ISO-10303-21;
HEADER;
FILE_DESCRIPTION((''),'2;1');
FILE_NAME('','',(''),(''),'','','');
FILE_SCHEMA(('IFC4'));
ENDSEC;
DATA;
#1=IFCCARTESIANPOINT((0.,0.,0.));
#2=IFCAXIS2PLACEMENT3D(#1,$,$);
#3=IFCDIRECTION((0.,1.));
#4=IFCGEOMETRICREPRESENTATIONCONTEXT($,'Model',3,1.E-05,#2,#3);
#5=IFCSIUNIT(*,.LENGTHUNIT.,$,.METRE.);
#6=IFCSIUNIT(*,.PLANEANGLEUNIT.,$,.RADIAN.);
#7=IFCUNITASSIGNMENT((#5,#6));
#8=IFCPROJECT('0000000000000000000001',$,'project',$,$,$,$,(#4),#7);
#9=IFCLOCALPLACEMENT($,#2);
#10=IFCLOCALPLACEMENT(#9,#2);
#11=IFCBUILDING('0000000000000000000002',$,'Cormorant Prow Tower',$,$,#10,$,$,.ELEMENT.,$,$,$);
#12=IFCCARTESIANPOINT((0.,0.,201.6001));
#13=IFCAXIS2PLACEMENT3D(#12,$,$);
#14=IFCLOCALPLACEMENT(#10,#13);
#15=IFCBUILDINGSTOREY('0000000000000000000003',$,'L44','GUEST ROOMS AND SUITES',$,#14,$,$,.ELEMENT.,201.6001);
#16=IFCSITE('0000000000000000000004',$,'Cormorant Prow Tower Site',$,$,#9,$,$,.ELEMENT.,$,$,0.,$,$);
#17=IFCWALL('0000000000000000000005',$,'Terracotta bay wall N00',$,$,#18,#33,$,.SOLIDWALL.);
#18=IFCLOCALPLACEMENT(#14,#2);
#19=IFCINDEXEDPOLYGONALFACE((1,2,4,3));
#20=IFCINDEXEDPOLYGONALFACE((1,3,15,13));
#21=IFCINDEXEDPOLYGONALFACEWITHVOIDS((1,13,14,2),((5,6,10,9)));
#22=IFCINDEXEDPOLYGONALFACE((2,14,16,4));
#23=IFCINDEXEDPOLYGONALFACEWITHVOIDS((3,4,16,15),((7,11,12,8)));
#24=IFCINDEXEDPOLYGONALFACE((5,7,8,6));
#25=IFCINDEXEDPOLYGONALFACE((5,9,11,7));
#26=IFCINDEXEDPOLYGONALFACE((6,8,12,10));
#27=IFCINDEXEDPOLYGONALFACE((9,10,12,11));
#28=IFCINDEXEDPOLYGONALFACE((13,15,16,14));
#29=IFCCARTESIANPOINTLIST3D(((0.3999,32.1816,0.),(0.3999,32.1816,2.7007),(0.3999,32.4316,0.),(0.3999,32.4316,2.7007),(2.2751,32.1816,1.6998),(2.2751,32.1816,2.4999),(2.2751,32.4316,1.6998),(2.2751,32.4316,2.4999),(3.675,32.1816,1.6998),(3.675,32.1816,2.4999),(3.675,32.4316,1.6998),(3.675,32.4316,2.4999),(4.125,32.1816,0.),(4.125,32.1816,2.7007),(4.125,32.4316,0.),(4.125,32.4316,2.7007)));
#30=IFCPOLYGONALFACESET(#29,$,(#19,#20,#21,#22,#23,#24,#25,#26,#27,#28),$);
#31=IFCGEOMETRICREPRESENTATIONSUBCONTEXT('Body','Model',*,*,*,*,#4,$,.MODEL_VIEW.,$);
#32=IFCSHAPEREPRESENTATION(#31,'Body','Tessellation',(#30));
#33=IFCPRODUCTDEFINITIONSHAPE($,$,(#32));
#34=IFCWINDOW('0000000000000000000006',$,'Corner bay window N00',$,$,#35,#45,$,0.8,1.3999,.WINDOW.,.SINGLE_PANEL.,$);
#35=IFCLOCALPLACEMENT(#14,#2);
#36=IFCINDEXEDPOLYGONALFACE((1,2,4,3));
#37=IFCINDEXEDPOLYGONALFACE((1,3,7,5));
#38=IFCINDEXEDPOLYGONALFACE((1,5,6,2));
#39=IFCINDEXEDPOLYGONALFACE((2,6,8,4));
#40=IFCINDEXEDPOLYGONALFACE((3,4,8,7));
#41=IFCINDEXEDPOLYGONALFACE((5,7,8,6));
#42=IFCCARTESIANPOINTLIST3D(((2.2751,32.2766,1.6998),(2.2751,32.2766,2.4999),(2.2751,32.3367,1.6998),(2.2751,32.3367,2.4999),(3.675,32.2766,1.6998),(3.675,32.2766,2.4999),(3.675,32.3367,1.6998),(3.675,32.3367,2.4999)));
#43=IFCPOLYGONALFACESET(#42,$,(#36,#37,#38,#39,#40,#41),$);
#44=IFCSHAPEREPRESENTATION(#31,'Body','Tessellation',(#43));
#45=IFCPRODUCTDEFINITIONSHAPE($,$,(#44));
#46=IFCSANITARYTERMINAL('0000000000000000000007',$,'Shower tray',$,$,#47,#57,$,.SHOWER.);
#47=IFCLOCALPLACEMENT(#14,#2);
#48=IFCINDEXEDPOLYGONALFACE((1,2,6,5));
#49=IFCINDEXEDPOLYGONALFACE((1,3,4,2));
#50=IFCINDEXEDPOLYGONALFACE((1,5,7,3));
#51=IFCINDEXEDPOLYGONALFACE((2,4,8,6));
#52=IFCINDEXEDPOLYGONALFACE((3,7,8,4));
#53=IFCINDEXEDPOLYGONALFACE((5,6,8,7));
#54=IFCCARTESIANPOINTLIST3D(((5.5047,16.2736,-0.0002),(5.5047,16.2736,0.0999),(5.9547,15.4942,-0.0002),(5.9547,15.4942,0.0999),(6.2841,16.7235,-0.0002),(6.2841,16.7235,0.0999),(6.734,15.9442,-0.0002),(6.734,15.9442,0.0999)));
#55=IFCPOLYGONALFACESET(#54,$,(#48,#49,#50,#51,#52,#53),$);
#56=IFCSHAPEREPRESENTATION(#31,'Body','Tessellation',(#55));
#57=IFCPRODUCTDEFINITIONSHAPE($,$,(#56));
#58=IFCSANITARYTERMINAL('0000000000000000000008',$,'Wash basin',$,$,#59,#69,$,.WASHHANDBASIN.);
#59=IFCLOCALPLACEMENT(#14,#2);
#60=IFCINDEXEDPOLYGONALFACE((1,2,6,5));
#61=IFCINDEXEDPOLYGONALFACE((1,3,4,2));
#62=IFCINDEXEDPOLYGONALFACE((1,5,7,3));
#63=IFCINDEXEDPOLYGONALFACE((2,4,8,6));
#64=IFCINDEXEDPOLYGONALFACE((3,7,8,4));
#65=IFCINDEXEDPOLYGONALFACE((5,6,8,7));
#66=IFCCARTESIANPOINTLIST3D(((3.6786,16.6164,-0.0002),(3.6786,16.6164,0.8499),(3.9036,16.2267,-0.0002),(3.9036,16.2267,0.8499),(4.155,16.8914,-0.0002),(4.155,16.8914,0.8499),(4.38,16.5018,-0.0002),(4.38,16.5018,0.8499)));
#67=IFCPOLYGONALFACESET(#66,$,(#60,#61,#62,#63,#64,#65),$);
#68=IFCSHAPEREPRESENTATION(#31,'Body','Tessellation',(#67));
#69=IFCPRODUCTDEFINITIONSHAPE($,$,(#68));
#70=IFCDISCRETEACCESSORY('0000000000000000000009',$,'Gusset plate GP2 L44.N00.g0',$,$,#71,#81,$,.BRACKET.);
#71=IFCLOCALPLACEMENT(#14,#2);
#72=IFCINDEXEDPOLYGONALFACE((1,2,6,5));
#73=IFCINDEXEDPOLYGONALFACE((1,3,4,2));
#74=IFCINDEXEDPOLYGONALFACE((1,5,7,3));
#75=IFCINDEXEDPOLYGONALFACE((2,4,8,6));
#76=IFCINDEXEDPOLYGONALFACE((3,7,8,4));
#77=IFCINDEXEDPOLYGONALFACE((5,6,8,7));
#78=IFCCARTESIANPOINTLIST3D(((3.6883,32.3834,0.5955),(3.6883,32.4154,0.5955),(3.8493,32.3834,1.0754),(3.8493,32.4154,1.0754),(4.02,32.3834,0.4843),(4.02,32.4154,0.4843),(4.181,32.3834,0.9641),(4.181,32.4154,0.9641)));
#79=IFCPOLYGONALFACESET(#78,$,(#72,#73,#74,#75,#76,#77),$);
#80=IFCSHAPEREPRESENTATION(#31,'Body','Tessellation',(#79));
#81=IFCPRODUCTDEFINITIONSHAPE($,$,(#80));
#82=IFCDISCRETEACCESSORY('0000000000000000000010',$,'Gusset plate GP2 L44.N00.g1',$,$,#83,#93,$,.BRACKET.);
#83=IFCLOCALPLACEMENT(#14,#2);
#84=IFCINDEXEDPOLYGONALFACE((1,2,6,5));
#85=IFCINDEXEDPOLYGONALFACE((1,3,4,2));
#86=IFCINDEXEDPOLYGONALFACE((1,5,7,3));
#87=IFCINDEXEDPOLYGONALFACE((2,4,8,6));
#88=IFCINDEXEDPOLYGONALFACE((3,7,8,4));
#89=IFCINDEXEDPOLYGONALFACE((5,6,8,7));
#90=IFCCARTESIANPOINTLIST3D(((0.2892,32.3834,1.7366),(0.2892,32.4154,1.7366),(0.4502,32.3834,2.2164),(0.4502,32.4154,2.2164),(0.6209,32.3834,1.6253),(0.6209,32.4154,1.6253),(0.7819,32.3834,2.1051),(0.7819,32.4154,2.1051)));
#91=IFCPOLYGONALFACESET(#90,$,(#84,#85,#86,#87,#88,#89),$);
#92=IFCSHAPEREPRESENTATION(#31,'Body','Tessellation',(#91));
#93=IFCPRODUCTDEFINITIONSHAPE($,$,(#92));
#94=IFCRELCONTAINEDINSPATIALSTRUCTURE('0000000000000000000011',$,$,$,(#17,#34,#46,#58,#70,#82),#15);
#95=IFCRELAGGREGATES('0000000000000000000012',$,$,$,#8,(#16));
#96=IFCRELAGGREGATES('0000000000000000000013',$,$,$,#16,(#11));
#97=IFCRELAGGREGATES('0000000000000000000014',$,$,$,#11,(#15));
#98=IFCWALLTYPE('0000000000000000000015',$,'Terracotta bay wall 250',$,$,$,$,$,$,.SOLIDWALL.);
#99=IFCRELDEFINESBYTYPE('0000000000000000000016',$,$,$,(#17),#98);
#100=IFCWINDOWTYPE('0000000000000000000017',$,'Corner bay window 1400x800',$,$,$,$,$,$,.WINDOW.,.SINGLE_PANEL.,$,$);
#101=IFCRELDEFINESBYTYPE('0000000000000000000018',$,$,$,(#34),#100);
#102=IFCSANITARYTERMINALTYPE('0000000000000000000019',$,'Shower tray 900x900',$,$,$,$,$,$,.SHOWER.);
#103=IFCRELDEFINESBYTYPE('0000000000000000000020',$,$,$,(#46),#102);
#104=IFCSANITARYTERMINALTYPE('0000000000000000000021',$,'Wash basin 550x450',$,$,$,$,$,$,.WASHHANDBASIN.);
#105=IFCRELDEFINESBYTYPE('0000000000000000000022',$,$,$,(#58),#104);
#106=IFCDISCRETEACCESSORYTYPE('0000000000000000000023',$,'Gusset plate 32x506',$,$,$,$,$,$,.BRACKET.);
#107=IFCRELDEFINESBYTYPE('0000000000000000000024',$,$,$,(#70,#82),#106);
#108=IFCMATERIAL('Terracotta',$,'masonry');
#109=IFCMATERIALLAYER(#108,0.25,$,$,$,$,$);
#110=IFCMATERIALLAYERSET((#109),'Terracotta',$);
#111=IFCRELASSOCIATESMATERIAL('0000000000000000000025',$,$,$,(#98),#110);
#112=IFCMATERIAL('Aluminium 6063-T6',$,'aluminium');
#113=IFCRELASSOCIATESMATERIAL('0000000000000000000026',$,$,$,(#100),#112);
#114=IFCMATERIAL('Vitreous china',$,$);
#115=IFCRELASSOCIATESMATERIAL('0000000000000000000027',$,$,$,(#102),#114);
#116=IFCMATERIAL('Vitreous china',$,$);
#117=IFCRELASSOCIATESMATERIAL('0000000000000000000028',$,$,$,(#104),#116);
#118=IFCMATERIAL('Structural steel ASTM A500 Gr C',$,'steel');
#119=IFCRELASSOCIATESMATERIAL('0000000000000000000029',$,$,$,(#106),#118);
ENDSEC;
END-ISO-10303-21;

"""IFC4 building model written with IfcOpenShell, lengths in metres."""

from ifc_helpers import new_model, si_unit, direction, frame, frame_2d, origin, origin_2d, place, context, subcontext, project, spatial, rectangle, extrude, material, layer, layer_set, material_profile, profile_set, type_object, element, fill, save


model = new_model("IFC4")

# Units and contexts
model_context = context("Model", 3, precision=1e-05, world=origin(), true_north=direction((0.0, 1.0)))
body_context = subcontext(model_context, "Body", "Model", "MODEL_VIEW")
ifc_project = project(units=[si_unit("LENGTHUNIT", "METRE"), si_unit("PLANEANGLEUNIT", "RADIAN")], contexts=[model_context])

# Site, building, storey
site_placement = place(None, origin())
site = spatial("IfcSite", under=ifc_project, at=site_placement, Name="Cormorant Prow Tower Site", CompositionType="ELEMENT", RefElevation=0.0)
building_placement = place(site_placement, origin())
building = spatial("IfcBuilding", under=site, at=building_placement, Name="Cormorant Prow Tower", CompositionType="ELEMENT")
storey_placement = place(building_placement, frame((0.0, 0.0, 201.6001)))
storey = spatial("IfcBuildingStorey", under=building, at=storey_placement, Name="L44", Description="GUEST ROOMS AND SUITES", CompositionType="ELEMENT", Elevation=201.6001)

# Wall, opening, window
ifc_material_1 = material(Name="Terracotta", Category="masonry")
ifc_layer_1 = layer(ifc_material_1, 0.25)
ifc_layer_set_1 = layer_set([ifc_layer_1], Name="Terracotta")
wall_type_1 = type_object("IfcWallType", Name="Terracotta bay wall 250", PredefinedType="SOLIDWALL", material=ifc_layer_set_1)
wall_1_placement = place(storey_placement, frame((4.125, 32.3066, 0.0), z_axis=(0.0, 0.0, 1.0), x_axis=(-1.0, 0.0, 0.0)))
wall_1 = element("IfcWall", 1, at=wall_1_placement, inside=storey, type_object=wall_type_1, Name="Terracotta bay wall N00", PredefinedType="SOLIDWALL", context=body_context, shape_type="SweptSolid", body=[
    extrude(rectangle(XDim=3.7251, YDim=0.25, at=frame_2d((1.8625, 0.0))), origin(), (0.0, 0.0, 1.0), 2.7007),
])
opening_1_placement = place(wall_1_placement, frame((0.45, 0.0, 1.7)))
opening_1 = element("IfcOpeningElement", 2, at=opening_1_placement, cuts=wall_1, PredefinedType="OPENING", context=body_context, shape_type="SweptSolid", body=[
    extrude(rectangle(XDim=1.3999, YDim=0.8, at=frame_2d((0.7, 0.3999))), frame((0.0, 0.135, 0.0), z_axis=(0.0, -1.0, 0.0), x_axis=(1.0, 0.0, 0.0)), (0.0, 0.0, 1.0), 0.27),
])
ifc_material_2 = material(Name="Aluminium 6063-T6", Category="aluminium")
window_type = type_object("IfcWindowType", Name="Corner bay window 1400x800", PartitioningType="SINGLE_PANEL", PredefinedType="WINDOW", material=ifc_material_2)
window_placement = place(opening_1_placement, origin())
window = element("IfcWindow", 3, at=window_placement, inside=storey, type_object=window_type, Name="Corner bay window N00", OverallHeight=0.8, OverallWidth=1.3999, PartitioningType="SINGLE_PANEL", PredefinedType="WINDOW", context=body_context, shape_type="SweptSolid", body=[
    extrude(rectangle(XDim=1.3999, YDim=0.8, at=frame_2d((0.7, 0.3999))), frame((0.0, 0.03, 0.0), z_axis=(0.0, -1.0, 0.0), x_axis=(1.0, 0.0, 0.0)), (0.0, 0.0, 1.0), 0.0601),
])
fill(opening_1, window)

# Sanitary terminals
ifc_material_3 = material(Name="Vitreous china")
sanitary_terminal_type_1 = type_object("IfcSanitaryTerminalType", Name="Shower tray 900x900", PredefinedType="SHOWER", material=ifc_material_3)
sanitary_terminal_1_placement = place(storey_placement, frame((6.1194, 16.1089, -0.0002), z_axis=(0.0, 0.0, 1.0), x_axis=(-0.866025, -0.5, 0.0)))
element("IfcSanitaryTerminal", 4, at=sanitary_terminal_1_placement, inside=storey, type_object=sanitary_terminal_type_1, Name="Shower tray", PredefinedType="SHOWER", context=body_context, shape_type="SweptSolid", body=[
    extrude(rectangle(XDim=0.8999, YDim=0.8999, at=origin_2d()), origin(), (0.0, 0.0, 1.0), 0.1001),
])
ifc_material_4 = material(Name="Vitreous china")
sanitary_terminal_type_2 = type_object("IfcSanitaryTerminalType", Name="Wash basin 550x450", PredefinedType="WASHHANDBASIN", material=ifc_material_4)
sanitary_terminal_2_placement = place(storey_placement, frame((4.0293, 16.5591, -0.0002), z_axis=(0.0, 0.0, 1.0), x_axis=(0.866025, 0.5, 0.0)))
element("IfcSanitaryTerminal", 5, at=sanitary_terminal_2_placement, inside=storey, type_object=sanitary_terminal_type_2, Name="Wash basin", PredefinedType="WASHHANDBASIN", context=body_context, shape_type="SweptSolid", body=[
    extrude(rectangle(XDim=0.55, YDim=0.45, at=origin_2d()), origin(), (0.0, 0.0, 1.0), 0.8501),
])

# Discrete accessories
ifc_material_5 = material(Name="Structural steel ASTM A500 Gr C", Category="steel")
ifc_material_profile_1 = material_profile(ifc_material_5, rectangle(XDim=0.032, YDim=0.5061, at=origin_2d()), Name="Gusset plate 32x506")
ifc_profile_set_1 = profile_set([ifc_material_profile_1], Name="Structural steel ASTM A500 Gr C")
discrete_accessory_type = type_object("IfcDiscreteAccessoryType", Name="Gusset plate 32x506", PredefinedType="BRACKET", material=ifc_profile_set_1)
for number, where, z_axis, x_axis, name in (
    (6, (3.7688, 32.3994, 0.8354), (0.948054, 0.0, -0.318111), (0.0, 1.0, 0.0), "Gusset plate GP2 L44.N00.g0"),
    (7, (0.7014, 32.3994, 1.8652), (-0.948054, 0.0, 0.318111), (0.0, -1.0, 0.0), "Gusset plate GP2 L44.N00.g1"),
):
    element("IfcDiscreteAccessory", number, at=place(storey_placement, frame(where, z_axis=z_axis, x_axis=x_axis)), inside=storey, type_object=discrete_accessory_type, Name=name, PredefinedType="BRACKET", context=body_context, shape_type="SweptSolid", body=[
        extrude(rectangle(XDim=0.032, YDim=0.5061, at=origin_2d()), origin(), (0.0, 0.0, 1.0), 0.3499),
    ])

save(model, "model.ifc")
